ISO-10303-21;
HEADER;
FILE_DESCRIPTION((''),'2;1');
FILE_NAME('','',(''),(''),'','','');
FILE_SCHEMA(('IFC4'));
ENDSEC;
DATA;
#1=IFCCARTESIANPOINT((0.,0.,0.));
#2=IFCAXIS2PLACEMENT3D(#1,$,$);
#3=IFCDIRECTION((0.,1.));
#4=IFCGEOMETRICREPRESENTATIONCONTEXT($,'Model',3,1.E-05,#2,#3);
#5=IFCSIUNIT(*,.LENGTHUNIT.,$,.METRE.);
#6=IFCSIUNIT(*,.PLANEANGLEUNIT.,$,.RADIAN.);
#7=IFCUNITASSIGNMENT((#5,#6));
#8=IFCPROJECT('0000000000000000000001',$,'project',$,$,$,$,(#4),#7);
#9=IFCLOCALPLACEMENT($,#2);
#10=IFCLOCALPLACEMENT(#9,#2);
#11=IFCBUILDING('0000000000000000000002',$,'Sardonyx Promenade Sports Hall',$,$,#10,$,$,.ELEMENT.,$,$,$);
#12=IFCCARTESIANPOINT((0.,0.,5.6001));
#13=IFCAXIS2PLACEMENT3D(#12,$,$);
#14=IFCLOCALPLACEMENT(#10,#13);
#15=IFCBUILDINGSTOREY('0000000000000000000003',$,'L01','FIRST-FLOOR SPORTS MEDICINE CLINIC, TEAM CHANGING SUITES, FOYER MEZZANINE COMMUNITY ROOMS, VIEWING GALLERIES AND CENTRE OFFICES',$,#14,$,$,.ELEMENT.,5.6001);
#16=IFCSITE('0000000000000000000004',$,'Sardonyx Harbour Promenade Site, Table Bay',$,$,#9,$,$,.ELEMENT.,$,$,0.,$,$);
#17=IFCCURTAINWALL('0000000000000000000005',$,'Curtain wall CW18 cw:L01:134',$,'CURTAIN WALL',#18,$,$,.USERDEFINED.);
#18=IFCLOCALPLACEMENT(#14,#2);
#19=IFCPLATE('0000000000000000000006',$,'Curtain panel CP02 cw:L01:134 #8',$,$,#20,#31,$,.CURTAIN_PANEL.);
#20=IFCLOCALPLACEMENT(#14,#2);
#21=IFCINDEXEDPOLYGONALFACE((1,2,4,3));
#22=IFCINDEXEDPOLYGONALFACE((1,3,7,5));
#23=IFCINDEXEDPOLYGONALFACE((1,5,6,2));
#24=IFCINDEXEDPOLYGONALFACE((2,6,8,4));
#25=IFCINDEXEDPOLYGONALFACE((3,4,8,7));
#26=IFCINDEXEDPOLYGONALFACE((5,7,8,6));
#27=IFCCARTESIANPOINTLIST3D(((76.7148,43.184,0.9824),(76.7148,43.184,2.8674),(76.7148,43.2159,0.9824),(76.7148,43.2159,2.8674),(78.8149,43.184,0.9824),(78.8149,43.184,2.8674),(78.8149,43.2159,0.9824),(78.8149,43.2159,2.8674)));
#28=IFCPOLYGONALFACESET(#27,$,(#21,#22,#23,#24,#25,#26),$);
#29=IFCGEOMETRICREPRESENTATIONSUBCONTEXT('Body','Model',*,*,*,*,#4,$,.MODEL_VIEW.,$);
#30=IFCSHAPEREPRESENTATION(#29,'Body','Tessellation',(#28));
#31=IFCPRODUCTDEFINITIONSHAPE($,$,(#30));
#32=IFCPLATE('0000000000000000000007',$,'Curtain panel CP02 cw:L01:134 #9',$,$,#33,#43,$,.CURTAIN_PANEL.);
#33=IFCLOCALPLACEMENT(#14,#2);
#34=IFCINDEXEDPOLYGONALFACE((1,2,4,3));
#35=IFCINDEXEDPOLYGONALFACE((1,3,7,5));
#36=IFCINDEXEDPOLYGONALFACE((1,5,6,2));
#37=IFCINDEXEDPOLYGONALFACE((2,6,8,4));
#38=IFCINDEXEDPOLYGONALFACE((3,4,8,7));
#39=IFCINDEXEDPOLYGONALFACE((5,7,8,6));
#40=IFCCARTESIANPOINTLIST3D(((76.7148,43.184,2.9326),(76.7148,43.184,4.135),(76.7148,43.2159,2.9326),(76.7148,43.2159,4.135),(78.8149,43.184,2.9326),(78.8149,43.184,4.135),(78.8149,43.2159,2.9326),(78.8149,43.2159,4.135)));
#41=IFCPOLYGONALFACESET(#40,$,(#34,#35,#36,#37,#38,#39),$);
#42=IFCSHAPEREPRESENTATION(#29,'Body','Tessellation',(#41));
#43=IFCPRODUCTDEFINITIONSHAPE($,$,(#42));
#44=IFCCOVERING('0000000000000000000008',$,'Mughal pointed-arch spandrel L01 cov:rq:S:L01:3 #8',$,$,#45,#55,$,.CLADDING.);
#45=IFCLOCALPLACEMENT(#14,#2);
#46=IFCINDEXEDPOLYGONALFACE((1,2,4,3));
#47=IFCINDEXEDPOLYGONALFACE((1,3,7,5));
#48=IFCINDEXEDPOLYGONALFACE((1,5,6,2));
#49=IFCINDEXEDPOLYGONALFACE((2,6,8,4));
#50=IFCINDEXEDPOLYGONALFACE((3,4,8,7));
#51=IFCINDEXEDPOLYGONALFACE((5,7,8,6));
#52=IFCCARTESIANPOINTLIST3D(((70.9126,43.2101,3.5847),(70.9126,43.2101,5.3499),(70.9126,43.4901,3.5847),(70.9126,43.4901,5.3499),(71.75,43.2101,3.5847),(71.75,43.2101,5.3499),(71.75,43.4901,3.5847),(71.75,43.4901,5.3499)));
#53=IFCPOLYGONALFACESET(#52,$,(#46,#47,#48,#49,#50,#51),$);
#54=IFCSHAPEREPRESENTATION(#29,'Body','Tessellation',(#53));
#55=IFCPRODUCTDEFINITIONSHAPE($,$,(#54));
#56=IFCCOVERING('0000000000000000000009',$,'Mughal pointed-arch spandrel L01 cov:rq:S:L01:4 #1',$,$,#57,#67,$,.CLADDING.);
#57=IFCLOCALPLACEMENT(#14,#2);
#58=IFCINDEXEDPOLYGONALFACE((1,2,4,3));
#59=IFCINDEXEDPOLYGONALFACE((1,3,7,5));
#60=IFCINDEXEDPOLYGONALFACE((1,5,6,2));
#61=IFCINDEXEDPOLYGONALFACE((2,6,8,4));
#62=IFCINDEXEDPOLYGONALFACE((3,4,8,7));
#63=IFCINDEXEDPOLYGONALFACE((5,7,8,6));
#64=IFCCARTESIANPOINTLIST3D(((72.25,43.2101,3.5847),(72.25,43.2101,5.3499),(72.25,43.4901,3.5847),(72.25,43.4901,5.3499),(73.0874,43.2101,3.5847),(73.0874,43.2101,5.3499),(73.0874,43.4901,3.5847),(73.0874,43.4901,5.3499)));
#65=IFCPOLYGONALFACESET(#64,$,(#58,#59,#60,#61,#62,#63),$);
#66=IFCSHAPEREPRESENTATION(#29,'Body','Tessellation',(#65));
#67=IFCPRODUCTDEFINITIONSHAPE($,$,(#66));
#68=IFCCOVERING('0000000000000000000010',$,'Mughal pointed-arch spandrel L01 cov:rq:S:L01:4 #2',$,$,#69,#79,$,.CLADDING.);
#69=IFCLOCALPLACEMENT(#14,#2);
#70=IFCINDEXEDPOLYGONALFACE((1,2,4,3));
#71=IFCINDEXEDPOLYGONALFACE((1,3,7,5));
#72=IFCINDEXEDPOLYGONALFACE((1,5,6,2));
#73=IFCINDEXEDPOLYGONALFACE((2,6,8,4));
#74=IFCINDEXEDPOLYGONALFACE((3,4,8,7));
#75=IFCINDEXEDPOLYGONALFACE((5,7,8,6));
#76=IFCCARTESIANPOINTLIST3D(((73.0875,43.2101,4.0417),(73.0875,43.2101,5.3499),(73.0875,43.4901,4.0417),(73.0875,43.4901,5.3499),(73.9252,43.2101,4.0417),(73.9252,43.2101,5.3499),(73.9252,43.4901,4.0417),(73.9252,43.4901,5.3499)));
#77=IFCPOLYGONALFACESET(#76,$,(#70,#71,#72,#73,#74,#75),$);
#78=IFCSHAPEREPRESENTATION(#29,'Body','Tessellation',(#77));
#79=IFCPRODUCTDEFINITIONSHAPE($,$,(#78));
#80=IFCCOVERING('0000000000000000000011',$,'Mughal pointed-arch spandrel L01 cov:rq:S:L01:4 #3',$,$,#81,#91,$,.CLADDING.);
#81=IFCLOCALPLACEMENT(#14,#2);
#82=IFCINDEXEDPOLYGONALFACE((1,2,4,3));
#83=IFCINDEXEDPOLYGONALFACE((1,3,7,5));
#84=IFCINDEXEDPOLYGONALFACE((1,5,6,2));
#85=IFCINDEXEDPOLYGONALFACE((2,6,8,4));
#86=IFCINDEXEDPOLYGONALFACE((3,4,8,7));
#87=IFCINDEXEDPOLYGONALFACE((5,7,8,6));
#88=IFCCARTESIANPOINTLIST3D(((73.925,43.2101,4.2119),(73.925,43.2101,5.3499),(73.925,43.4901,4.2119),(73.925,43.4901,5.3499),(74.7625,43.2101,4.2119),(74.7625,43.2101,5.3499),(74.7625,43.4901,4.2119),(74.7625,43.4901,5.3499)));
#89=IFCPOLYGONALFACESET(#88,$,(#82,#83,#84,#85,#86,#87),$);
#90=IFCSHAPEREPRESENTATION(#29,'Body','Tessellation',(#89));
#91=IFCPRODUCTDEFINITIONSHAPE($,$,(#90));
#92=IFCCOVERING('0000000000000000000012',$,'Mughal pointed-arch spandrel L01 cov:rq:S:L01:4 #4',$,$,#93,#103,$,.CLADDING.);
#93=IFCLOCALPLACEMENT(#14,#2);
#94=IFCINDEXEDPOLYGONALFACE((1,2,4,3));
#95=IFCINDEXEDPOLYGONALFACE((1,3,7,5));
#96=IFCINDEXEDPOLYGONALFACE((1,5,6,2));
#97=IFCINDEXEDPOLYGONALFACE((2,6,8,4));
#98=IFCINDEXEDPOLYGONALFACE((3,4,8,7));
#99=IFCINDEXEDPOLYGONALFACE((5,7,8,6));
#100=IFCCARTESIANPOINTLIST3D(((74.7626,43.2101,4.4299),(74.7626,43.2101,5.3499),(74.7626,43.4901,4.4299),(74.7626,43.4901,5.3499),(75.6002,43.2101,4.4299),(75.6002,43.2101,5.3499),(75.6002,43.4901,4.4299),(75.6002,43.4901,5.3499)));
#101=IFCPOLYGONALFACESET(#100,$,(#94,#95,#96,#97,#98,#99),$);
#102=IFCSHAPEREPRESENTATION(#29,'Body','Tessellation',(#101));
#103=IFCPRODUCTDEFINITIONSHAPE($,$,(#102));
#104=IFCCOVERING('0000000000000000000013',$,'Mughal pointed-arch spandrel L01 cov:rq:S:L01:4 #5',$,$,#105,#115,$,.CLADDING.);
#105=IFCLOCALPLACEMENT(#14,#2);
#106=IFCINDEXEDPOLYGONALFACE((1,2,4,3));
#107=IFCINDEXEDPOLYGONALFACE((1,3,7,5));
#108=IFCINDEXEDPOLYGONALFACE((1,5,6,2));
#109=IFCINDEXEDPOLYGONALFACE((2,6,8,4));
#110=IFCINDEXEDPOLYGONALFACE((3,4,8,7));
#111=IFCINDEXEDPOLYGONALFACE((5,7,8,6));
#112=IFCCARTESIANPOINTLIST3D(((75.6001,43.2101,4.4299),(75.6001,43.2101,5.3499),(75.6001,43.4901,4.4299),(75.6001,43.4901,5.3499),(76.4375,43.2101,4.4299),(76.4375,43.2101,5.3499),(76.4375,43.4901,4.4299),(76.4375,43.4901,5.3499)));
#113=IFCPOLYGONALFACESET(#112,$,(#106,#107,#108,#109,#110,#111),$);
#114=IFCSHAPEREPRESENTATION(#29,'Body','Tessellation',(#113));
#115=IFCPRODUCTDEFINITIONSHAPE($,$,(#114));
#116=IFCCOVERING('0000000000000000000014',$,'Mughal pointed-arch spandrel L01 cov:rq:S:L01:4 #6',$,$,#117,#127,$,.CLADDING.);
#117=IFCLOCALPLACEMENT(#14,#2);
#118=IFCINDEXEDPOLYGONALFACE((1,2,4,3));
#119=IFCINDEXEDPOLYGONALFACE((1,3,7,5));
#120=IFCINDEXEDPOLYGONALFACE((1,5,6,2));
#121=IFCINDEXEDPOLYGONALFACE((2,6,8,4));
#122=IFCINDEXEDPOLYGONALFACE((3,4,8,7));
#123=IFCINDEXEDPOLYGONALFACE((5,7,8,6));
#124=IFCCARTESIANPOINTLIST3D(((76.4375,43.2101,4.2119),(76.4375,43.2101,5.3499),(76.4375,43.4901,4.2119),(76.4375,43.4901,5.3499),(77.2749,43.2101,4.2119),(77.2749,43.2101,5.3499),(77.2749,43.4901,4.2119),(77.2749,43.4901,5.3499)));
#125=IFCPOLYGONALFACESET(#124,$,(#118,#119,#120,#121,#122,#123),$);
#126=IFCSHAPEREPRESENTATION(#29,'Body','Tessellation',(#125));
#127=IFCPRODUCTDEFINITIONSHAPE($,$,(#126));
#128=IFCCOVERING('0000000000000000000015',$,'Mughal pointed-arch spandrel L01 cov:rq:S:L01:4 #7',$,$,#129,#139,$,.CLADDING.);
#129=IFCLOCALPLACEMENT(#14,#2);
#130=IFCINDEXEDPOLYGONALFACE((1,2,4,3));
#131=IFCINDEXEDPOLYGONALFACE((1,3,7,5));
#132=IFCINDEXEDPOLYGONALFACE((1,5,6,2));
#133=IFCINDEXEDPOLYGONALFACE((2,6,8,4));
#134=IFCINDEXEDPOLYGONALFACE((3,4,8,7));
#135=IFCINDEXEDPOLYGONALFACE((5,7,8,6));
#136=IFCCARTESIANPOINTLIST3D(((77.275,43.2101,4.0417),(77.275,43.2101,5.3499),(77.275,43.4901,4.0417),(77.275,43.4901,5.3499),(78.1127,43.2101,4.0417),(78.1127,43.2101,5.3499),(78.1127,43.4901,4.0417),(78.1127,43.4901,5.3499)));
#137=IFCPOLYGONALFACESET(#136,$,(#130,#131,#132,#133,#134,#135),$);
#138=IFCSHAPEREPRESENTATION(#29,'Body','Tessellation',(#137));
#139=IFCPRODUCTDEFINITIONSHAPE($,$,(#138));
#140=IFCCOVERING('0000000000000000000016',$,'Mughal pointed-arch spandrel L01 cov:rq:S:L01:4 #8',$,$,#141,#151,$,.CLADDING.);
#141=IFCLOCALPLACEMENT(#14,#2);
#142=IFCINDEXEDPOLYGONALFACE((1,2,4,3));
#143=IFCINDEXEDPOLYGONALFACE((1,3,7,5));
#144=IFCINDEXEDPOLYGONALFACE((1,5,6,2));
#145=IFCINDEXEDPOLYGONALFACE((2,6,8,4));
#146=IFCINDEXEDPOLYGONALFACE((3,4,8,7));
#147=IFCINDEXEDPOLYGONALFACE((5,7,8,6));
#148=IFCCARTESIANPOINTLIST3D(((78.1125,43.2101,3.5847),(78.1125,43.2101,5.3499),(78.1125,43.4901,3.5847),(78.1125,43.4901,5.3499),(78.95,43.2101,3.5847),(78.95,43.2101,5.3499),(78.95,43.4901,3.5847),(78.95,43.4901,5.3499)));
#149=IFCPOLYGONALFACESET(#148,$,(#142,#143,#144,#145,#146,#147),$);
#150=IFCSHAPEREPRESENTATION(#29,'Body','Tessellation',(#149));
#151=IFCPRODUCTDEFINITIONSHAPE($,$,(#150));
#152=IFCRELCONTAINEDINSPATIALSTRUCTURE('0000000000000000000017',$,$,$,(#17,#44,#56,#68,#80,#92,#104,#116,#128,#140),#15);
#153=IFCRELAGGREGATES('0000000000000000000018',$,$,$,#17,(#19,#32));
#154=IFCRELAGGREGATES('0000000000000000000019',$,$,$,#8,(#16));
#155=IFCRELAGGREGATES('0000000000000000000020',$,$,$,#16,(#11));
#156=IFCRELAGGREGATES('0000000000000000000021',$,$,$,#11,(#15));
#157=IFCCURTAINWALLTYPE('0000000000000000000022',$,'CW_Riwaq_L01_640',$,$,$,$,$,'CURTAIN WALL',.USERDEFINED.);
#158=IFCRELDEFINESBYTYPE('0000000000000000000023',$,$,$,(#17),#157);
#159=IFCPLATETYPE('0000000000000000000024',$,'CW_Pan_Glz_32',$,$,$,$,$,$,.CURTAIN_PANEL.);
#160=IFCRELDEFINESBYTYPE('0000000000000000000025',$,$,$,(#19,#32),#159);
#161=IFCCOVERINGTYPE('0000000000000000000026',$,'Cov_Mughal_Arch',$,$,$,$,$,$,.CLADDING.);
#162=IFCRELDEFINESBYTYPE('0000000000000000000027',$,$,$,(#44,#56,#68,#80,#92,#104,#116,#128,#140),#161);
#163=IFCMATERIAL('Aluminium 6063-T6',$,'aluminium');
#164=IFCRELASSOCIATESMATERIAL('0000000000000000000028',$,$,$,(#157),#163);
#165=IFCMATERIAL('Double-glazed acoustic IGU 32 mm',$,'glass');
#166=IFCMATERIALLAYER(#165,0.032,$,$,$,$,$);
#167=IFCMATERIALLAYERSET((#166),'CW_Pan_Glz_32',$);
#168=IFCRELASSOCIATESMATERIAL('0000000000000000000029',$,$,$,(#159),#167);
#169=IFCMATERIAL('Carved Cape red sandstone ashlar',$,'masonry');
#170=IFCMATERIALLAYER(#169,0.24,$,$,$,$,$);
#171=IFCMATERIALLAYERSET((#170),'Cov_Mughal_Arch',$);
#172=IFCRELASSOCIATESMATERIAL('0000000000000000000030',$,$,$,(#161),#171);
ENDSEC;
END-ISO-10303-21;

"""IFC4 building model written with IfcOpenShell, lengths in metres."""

from ifc_helpers import new_model, si_unit, direction, frame, frame_2d, origin, origin_2d, place, context, subcontext, project, spatial, rectangle, extrude, material, layer, layer_set, type_object, element, aggregate, save


model = new_model("IFC4")

# Units and contexts
model_context = context("Model", 3, precision=1e-05, world=origin(), true_north=direction((0.0, 1.0)))
body_context = subcontext(model_context, "Body", "Model", "MODEL_VIEW")
ifc_project = project(units=[si_unit("LENGTHUNIT", "METRE"), si_unit("PLANEANGLEUNIT", "RADIAN")], contexts=[model_context])

# Site, building, storey
site_placement = place(None, origin())
site = spatial("IfcSite", under=ifc_project, at=site_placement, Name="Sardonyx Harbour Promenade Site, Table Bay", CompositionType="ELEMENT", RefElevation=0.0)
building_placement = place(site_placement, origin())
building = spatial("IfcBuilding", under=site, at=building_placement, Name="Sardonyx Promenade Sports Hall", CompositionType="ELEMENT")
storey_placement = place(building_placement, frame((0.0, 0.0, 5.6001)))
storey = spatial("IfcBuildingStorey", under=building, at=storey_placement, Name="L01", Description="FIRST-FLOOR SPORTS MEDICINE CLINIC, TEAM CHANGING SUITES, FOYER MEZZANINE COMMUNITY ROOMS, VIEWING GALLERIES AND CENTRE OFFICES", CompositionType="ELEMENT", Elevation=5.6001)

# Curtain wall, plates
ifc_material_1 = material(Name="Aluminium 6063-T6", Category="aluminium")
curtain_wall_type = type_object("IfcCurtainWallType", Name="CW_Riwaq_L01_640", ElementType="CURTAIN WALL", PredefinedType="USERDEFINED", material=ifc_material_1)
curtain_wall_placement = place(storey_placement, origin())
curtain_wall = element("IfcCurtainWall", 1, at=curtain_wall_placement, inside=storey, type_object=curtain_wall_type, Name="Curtain wall CW18 cw:L01:134", ObjectType="CURTAIN WALL", PredefinedType="USERDEFINED")
ifc_material_2 = material(Name="Double-glazed acoustic IGU 32 mm", Category="glass")
ifc_layer_1 = layer(ifc_material_2, 0.032)
ifc_layer_set_1 = layer_set([ifc_layer_1], Name="CW_Pan_Glz_32")
plate_type = type_object("IfcPlateType", Name="CW_Pan_Glz_32", PredefinedType="CURTAIN_PANEL", material=ifc_layer_set_1)
plate_1_placement = place(storey_placement, frame((77.7649, 43.2, 0.9824), z_axis=(0.0, 0.0, 1.0), x_axis=(1.0, 0.0, 0.0)))
plate_1 = element("IfcPlate", 2, at=plate_1_placement, type_object=plate_type, Name="Curtain panel CP02 cw:L01:134 #8", PredefinedType="CURTAIN_PANEL", context=body_context, shape_type="SweptSolid", body=[
    extrude(rectangle(XDim=2.1001, YDim=0.032, at=origin_2d()), origin(), (0.0, 0.0, 1.0), 1.885),
])
plate_2_placement = place(storey_placement, frame((77.7649, 43.2, 2.9326), z_axis=(0.0, 0.0, 1.0), x_axis=(1.0, 0.0, 0.0)))
plate_2 = element("IfcPlate", 3, at=plate_2_placement, type_object=plate_type, Name="Curtain panel CP02 cw:L01:134 #9", PredefinedType="CURTAIN_PANEL", context=body_context, shape_type="SweptSolid", body=[
    extrude(rectangle(XDim=2.1001, YDim=0.032, at=origin_2d()), origin(), (0.0, 0.0, 1.0), 1.2024),
])
aggregate(curtain_wall, [plate_1, plate_2])

# Coverings
ifc_material_3 = material(Name="Carved Cape red sandstone ashlar", Category="masonry")
ifc_layer_2 = layer(ifc_material_3, 0.24)
ifc_layer_set_2 = layer_set([ifc_layer_2], Name="Cov_Mughal_Arch")
covering_type = type_object("IfcCoveringType", Name="Cov_Mughal_Arch", PredefinedType="CLADDING", material=ifc_layer_set_2)
for number, where, z_axis, x_axis, name in (
    (4, (70.9126, 43.3501, 3.5847), (0.0, 0.0, 1.0), (1.0, 0.0, 0.0), "Mughal pointed-arch spandrel L01 cov:rq:S:L01:3 #8"),
    (5, (72.25, 43.3501, 3.5847), (0.0, 0.0, 1.0), (1.0, 0.0, 0.0), "Mughal pointed-arch spandrel L01 cov:rq:S:L01:4 #1"),
):
    element("IfcCovering", number, at=place(storey_placement, frame(where, z_axis=z_axis, x_axis=x_axis)), inside=storey, type_object=covering_type, Name=name, PredefinedType="CLADDING", context=body_context, shape_type="SweptSolid", body=[
        extrude(rectangle(XDim=0.8374, YDim=0.28, at=frame_2d((0.4187, 0.0))), origin(), (0.0, 0.0, 1.0), 1.7651),
    ])
covering_1_placement = place(storey_placement, frame((73.0874, 43.3501, 4.0417), z_axis=(0.0, 0.0, 1.0), x_axis=(1.0, 0.0, 0.0)))
element("IfcCovering", 6, at=covering_1_placement, inside=storey, type_object=covering_type, Name="Mughal pointed-arch spandrel L01 cov:rq:S:L01:4 #2", PredefinedType="CLADDING", context=body_context, shape_type="SweptSolid", body=[
    extrude(rectangle(XDim=0.8376, YDim=0.28, at=frame_2d((0.4189, 0.0))), origin(), (0.0, 0.0, 1.0), 1.3081),
])
covering_2_placement = place(storey_placement, frame((73.925, 43.3501, 4.2119), z_axis=(0.0, 0.0, 1.0), x_axis=(1.0, 0.0, 0.0)))
element("IfcCovering", 7, at=covering_2_placement, inside=storey, type_object=covering_type, Name="Mughal pointed-arch spandrel L01 cov:rq:S:L01:4 #3", PredefinedType="CLADDING", context=body_context, shape_type="SweptSolid", body=[
    extrude(rectangle(XDim=0.8374, YDim=0.28, at=frame_2d((0.4187, 0.0))), origin(), (0.0, 0.0, 1.0), 1.1379),
])
covering_3_placement = place(storey_placement, frame((74.7625, 43.3501, 4.4299), z_axis=(0.0, 0.0, 1.0), x_axis=(1.0, 0.0, 0.0)))
element("IfcCovering", 8, at=covering_3_placement, inside=storey, type_object=covering_type, Name="Mughal pointed-arch spandrel L01 cov:rq:S:L01:4 #4", PredefinedType="CLADDING", context=body_context, shape_type="SweptSolid", body=[
    extrude(rectangle(XDim=0.8376, YDim=0.28, at=frame_2d((0.4189, 0.0))), origin(), (0.0, 0.0, 1.0), 0.9199),
])
covering_4_placement = place(storey_placement, frame((75.6001, 43.3501, 4.4299), z_axis=(0.0, 0.0, 1.0), x_axis=(1.0, 0.0, 0.0)))
element("IfcCovering", 9, at=covering_4_placement, inside=storey, type_object=covering_type, Name="Mughal pointed-arch spandrel L01 cov:rq:S:L01:4 #5", PredefinedType="CLADDING", context=body_context, shape_type="SweptSolid", body=[
    extrude(rectangle(XDim=0.8374, YDim=0.28, at=frame_2d((0.4187, 0.0))), origin(), (0.0, 0.0, 1.0), 0.9199),
])
covering_5_placement = place(storey_placement, frame((76.4375, 43.3501, 4.2119), z_axis=(0.0, 0.0, 1.0), x_axis=(1.0, 0.0, 0.0)))
element("IfcCovering", 10, at=covering_5_placement, inside=storey, type_object=covering_type, Name="Mughal pointed-arch spandrel L01 cov:rq:S:L01:4 #6", PredefinedType="CLADDING", context=body_context, shape_type="SweptSolid", body=[
    extrude(rectangle(XDim=0.8374, YDim=0.28, at=frame_2d((0.4187, 0.0))), origin(), (0.0, 0.0, 1.0), 1.1379),
])
covering_6_placement = place(storey_placement, frame((77.2749, 43.3501, 4.0417), z_axis=(0.0, 0.0, 1.0), x_axis=(1.0, 0.0, 0.0)))
element("IfcCovering", 11, at=covering_6_placement, inside=storey, type_object=covering_type, Name="Mughal pointed-arch spandrel L01 cov:rq:S:L01:4 #7", PredefinedType="CLADDING", context=body_context, shape_type="SweptSolid", body=[
    extrude(rectangle(XDim=0.8376, YDim=0.28, at=frame_2d((0.4189, 0.0))), origin(), (0.0, 0.0, 1.0), 1.3081),
])
covering_7_placement = place(storey_placement, frame((78.1125, 43.3501, 3.5847), z_axis=(0.0, 0.0, 1.0), x_axis=(1.0, 0.0, 0.0)))
element("IfcCovering", 12, at=covering_7_placement, inside=storey, type_object=covering_type, Name="Mughal pointed-arch spandrel L01 cov:rq:S:L01:4 #8", PredefinedType="CLADDING", context=body_context, shape_type="SweptSolid", body=[
    extrude(rectangle(XDim=0.8374, YDim=0.28, at=frame_2d((0.4187, 0.0))), origin(), (0.0, 0.0, 1.0), 1.7651),
])

save(model, "model.ifc")
